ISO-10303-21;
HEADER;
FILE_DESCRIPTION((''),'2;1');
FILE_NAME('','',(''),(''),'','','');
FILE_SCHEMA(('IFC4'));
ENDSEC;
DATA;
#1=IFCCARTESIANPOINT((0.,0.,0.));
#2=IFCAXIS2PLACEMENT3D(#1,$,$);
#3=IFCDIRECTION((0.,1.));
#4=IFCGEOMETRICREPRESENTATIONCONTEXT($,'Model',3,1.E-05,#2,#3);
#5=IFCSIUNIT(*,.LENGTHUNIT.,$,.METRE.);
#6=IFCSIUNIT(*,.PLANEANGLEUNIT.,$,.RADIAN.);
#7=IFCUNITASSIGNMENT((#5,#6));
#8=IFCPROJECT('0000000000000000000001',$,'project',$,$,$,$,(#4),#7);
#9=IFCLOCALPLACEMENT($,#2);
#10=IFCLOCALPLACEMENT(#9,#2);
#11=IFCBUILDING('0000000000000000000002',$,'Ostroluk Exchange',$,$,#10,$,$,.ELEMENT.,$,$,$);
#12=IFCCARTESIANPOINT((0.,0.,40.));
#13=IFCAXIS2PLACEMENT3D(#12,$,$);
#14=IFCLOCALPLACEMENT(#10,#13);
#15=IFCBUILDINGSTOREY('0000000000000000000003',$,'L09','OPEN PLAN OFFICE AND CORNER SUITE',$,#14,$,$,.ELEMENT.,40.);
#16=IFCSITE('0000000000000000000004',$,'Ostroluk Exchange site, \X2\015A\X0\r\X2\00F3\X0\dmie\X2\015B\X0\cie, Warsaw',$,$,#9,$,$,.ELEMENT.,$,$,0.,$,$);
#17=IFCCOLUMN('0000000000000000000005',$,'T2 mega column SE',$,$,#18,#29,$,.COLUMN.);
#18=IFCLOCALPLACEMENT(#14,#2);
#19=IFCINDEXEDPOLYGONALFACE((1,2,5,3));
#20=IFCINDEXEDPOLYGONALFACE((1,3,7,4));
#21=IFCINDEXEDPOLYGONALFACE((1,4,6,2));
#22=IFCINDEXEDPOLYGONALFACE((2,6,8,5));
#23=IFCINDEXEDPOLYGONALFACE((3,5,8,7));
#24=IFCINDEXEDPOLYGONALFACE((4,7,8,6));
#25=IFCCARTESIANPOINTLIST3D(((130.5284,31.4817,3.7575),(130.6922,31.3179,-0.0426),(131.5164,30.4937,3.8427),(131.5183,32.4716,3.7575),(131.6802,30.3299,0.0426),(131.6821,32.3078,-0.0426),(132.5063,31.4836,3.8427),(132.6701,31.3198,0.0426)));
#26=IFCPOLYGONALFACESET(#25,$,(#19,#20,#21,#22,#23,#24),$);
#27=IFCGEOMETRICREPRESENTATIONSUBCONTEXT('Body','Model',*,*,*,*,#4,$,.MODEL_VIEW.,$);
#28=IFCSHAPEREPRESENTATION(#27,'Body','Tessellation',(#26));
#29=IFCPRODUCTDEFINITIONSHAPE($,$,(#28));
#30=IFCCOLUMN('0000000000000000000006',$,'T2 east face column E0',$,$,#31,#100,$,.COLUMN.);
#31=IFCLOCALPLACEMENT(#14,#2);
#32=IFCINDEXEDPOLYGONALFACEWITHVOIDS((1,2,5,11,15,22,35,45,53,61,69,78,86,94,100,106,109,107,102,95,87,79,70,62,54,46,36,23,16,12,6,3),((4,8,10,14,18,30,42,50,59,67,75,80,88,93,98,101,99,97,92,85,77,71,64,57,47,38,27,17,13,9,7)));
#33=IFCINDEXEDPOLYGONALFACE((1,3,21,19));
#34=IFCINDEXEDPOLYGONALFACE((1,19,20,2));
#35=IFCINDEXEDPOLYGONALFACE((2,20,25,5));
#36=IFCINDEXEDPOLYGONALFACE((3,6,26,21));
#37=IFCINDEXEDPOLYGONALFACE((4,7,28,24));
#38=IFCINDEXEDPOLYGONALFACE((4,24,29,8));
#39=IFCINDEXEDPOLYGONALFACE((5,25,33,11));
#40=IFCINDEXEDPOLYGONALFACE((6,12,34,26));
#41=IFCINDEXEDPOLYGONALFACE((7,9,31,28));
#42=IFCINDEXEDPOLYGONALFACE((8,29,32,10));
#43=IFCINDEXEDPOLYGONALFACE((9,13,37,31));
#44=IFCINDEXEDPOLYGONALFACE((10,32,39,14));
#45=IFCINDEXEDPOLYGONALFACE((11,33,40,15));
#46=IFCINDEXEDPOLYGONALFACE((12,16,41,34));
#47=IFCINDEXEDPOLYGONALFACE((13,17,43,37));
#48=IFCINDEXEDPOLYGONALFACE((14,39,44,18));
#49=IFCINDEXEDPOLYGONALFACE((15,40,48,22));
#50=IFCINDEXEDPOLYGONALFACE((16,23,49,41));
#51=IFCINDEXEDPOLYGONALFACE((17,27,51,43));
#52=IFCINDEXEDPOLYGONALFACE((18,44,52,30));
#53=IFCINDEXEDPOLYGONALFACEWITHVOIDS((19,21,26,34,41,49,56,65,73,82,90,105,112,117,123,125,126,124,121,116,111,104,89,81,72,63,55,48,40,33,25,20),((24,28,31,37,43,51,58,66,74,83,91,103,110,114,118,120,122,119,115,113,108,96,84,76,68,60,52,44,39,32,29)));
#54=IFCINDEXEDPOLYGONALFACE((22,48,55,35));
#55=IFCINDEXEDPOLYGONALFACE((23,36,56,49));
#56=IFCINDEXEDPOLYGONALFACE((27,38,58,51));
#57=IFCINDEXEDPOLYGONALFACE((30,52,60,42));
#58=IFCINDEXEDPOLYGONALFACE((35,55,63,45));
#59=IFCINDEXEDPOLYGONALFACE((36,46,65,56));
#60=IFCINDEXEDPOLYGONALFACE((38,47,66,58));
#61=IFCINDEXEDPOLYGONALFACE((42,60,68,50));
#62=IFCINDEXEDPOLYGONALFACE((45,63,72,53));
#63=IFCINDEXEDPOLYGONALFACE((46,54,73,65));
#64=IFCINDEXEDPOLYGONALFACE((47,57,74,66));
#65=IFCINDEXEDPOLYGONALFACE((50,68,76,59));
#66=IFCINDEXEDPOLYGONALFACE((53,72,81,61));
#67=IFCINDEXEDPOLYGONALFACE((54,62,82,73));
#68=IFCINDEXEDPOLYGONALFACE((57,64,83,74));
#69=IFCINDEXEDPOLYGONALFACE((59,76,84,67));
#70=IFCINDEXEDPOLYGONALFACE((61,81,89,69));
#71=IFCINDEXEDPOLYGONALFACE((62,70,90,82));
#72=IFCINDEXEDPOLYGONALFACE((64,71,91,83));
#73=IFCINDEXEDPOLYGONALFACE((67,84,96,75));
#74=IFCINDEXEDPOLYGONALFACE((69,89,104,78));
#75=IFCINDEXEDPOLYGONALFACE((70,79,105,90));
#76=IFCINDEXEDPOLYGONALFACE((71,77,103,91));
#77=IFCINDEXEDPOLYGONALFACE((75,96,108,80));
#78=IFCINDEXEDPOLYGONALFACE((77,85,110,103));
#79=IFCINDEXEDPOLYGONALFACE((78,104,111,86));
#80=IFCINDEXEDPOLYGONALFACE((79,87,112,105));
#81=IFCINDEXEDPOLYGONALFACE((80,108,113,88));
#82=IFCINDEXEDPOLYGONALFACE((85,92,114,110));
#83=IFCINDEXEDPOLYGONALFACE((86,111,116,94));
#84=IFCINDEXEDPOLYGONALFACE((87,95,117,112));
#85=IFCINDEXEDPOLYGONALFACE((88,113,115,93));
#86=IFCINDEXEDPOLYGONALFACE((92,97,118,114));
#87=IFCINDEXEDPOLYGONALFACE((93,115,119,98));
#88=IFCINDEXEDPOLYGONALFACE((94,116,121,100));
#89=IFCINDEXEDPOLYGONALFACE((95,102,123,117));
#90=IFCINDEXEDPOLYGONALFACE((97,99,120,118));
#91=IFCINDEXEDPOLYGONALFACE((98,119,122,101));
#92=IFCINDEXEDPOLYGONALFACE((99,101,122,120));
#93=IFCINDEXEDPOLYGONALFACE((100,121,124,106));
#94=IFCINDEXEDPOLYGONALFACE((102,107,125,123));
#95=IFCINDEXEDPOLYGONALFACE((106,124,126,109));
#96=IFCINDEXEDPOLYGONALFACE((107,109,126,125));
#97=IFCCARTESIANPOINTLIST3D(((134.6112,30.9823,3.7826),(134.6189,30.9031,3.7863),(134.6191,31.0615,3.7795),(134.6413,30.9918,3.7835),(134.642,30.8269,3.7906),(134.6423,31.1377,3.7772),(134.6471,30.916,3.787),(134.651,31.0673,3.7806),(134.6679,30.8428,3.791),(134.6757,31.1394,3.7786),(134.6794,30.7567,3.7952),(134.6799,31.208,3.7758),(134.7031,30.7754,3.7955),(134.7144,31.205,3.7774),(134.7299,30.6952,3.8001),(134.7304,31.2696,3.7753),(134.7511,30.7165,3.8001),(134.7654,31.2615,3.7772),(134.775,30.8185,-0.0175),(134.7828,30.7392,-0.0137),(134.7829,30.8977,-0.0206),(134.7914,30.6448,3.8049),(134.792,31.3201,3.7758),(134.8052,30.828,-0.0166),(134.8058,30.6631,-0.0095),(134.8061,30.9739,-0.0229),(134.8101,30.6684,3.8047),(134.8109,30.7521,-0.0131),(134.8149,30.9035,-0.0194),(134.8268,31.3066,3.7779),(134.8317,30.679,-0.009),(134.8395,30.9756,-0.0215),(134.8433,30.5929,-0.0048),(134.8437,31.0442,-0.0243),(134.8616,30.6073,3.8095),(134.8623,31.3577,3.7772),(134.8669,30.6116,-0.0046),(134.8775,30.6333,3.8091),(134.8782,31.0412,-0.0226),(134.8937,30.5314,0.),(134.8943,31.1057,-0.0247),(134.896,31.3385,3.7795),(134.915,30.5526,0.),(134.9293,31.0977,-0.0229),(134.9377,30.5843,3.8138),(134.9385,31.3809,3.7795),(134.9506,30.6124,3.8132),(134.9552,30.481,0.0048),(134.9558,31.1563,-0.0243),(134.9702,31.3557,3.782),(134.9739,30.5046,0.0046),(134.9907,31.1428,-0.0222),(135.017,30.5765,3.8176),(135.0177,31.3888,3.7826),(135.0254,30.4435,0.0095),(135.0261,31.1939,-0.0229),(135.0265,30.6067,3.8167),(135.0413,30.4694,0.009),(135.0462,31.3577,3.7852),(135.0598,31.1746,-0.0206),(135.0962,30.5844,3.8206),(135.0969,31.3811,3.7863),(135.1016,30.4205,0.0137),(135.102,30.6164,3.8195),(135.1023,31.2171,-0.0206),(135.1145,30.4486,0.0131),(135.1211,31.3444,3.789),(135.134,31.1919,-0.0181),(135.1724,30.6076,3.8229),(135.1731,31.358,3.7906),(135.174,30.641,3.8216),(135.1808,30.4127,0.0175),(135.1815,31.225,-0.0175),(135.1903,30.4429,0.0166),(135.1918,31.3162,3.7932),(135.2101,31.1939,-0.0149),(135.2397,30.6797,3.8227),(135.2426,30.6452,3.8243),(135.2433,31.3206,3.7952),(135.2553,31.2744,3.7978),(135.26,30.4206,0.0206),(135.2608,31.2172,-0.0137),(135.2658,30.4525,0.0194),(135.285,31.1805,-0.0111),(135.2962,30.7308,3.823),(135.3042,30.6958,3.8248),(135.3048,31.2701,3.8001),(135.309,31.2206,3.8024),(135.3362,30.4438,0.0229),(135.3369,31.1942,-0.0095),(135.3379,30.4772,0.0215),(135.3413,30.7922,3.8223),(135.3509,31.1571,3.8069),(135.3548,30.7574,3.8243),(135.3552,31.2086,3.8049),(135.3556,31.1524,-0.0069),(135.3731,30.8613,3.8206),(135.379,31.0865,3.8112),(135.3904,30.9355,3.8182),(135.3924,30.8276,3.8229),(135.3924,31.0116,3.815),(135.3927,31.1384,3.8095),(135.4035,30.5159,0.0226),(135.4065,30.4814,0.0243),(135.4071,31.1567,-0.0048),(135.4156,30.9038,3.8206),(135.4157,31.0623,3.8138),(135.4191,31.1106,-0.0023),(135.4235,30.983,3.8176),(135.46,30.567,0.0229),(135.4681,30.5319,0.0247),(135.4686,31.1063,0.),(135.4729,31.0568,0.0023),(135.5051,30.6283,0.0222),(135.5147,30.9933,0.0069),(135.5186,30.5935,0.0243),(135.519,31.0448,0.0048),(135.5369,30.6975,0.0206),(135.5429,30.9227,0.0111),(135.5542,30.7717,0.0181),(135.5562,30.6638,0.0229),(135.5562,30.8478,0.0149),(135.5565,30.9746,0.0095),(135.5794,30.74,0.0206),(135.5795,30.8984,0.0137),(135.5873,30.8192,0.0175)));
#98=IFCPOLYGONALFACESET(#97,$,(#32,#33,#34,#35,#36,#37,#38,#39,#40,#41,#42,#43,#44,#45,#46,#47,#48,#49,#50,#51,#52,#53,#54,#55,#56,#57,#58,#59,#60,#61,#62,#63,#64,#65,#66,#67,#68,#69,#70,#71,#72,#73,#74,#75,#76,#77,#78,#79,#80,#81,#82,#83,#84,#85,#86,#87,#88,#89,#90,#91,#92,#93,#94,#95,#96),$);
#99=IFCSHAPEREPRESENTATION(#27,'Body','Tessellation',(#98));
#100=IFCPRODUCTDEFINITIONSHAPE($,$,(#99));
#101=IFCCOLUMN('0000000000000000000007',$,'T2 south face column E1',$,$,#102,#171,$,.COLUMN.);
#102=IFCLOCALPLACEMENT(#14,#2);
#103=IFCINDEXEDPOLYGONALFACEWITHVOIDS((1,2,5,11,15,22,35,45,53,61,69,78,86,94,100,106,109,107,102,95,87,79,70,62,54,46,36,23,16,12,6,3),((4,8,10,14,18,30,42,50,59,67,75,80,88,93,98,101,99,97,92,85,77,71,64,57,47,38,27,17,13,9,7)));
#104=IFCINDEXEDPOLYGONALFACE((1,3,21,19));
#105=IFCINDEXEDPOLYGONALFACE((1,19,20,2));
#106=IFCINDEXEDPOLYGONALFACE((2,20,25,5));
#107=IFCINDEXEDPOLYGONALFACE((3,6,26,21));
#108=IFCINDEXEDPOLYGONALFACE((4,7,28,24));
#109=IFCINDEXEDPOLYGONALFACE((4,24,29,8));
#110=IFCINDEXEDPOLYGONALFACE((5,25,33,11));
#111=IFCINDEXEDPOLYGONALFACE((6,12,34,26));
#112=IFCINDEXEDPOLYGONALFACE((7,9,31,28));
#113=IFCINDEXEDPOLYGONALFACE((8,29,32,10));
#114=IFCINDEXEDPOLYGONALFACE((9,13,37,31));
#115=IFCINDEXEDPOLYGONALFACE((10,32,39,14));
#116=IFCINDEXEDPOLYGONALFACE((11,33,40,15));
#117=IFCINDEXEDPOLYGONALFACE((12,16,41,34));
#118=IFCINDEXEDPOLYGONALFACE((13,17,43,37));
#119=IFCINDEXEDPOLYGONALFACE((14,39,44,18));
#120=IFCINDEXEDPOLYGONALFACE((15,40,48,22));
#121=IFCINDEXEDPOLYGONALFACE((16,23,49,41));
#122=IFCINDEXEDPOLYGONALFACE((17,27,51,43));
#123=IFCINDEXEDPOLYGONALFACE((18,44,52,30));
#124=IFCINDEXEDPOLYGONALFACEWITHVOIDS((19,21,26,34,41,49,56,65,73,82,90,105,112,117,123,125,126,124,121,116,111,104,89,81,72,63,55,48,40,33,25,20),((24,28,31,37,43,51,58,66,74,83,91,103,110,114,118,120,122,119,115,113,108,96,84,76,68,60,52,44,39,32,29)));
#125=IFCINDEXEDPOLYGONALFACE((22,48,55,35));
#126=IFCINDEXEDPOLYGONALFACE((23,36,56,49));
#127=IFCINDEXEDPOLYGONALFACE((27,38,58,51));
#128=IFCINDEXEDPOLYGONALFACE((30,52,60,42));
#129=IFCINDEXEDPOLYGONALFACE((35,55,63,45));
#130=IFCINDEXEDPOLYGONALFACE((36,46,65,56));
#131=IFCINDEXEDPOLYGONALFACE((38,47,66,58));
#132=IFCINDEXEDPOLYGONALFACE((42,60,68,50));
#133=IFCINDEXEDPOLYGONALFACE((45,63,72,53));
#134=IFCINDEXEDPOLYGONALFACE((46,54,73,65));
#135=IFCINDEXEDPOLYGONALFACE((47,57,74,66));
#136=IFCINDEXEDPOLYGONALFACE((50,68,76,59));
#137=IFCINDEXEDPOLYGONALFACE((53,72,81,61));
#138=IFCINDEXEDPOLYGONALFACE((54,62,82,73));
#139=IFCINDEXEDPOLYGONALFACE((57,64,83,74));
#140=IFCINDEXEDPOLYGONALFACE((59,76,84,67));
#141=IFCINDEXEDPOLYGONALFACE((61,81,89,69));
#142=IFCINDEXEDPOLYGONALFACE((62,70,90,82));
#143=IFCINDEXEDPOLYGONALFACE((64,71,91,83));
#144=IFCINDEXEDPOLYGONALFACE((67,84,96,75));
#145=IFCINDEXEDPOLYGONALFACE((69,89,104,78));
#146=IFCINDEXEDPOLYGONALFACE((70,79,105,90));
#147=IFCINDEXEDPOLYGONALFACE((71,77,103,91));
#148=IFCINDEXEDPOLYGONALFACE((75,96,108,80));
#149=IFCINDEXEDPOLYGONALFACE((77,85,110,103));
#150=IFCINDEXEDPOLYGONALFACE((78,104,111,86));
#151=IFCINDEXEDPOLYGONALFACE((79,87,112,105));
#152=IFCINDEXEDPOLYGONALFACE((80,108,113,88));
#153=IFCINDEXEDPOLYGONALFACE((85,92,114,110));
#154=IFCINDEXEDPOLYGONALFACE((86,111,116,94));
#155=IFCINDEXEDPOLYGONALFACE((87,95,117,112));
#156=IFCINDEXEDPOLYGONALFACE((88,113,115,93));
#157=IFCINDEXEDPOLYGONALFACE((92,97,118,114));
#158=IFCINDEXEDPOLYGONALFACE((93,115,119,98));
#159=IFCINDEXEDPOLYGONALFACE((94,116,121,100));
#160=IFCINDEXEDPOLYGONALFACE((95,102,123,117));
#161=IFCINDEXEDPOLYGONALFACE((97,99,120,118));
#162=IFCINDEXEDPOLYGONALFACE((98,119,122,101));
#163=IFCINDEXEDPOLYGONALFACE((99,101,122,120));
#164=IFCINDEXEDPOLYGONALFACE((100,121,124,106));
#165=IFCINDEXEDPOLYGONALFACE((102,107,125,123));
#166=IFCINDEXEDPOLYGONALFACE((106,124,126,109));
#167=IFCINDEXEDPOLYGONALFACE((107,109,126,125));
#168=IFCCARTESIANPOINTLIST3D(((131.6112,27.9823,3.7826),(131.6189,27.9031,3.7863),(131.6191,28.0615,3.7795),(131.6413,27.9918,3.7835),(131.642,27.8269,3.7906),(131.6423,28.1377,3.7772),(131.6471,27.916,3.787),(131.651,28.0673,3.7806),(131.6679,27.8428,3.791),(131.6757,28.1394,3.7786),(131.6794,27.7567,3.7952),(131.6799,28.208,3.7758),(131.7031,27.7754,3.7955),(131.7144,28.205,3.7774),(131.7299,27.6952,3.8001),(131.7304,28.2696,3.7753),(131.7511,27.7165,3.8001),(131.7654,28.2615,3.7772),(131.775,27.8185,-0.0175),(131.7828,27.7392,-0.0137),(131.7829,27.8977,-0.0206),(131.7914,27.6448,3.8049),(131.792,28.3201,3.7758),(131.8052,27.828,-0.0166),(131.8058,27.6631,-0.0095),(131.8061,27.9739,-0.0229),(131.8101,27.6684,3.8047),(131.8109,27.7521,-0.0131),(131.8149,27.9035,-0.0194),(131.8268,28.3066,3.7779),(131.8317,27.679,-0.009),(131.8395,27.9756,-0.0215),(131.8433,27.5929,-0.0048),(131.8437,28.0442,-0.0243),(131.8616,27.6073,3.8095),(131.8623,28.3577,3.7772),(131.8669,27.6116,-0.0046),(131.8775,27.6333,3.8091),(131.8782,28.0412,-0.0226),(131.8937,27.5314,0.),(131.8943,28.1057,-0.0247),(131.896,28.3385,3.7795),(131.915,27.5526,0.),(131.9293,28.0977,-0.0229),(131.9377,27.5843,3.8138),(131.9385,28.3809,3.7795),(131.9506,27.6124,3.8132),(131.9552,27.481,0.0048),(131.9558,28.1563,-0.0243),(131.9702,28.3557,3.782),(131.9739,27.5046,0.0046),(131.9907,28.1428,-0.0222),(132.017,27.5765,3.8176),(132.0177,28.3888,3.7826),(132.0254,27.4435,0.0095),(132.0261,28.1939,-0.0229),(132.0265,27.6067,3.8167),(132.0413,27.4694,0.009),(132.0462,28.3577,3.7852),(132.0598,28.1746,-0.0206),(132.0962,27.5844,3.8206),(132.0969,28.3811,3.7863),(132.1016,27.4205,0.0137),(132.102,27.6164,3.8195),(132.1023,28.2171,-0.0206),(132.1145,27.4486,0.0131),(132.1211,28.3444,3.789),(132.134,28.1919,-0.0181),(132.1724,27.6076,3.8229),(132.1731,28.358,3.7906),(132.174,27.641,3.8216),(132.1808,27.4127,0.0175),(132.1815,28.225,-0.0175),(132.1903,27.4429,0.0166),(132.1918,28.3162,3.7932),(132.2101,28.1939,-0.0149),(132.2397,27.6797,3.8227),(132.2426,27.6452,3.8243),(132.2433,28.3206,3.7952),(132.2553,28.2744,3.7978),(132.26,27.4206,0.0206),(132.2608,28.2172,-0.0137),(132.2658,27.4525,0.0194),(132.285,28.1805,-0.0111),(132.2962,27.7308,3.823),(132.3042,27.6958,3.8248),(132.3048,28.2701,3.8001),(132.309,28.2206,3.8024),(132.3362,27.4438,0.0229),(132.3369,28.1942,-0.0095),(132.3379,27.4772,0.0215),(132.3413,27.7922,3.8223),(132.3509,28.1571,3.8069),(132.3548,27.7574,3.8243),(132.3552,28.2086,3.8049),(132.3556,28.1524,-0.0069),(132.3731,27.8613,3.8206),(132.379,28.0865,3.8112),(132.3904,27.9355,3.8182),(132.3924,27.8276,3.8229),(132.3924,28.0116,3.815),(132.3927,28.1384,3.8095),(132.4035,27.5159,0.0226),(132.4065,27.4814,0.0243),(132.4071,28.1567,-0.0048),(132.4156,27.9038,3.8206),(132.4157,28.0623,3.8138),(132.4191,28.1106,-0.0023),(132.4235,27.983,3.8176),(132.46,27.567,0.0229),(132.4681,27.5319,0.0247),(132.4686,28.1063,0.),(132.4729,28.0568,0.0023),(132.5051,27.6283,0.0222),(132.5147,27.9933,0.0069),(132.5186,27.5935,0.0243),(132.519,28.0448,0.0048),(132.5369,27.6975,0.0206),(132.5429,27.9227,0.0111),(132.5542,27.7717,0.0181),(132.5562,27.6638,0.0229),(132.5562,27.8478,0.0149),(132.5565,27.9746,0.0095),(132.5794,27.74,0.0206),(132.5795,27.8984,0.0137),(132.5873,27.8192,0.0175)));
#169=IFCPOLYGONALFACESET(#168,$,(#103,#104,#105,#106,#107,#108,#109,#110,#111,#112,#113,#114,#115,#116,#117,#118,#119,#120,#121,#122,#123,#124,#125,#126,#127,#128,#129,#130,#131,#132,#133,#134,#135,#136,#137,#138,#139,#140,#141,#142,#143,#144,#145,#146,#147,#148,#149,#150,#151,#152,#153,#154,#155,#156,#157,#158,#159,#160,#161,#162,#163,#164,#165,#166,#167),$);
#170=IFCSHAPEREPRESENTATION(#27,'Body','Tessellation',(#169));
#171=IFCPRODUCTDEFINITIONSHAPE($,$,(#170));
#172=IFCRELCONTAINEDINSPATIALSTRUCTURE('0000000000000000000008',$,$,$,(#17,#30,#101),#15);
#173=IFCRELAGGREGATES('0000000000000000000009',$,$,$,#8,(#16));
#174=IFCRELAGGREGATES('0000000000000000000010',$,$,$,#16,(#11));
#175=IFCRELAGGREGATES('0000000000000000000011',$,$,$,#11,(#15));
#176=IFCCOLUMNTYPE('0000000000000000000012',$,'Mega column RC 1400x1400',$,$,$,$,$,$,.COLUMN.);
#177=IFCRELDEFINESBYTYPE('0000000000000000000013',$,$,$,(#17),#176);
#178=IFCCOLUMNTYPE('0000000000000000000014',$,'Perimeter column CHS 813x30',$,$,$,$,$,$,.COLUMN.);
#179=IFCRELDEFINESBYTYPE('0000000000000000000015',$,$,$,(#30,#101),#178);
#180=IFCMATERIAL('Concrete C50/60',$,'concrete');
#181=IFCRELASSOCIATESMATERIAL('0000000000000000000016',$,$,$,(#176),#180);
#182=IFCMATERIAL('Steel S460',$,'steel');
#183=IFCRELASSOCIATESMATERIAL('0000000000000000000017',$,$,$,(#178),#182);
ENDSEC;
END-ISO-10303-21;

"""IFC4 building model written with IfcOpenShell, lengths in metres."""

from ifc_helpers import new_model, si_unit, direction, frame, origin, origin_2d, place, context, subcontext, project, spatial, rectangle, hollow_circle, extrude, material, material_profile, profile_set, type_object, element, save


model = new_model("IFC4")

# Units and contexts
model_context = context("Model", 3, precision=1e-05, world=origin(), true_north=direction((0.0, 1.0)))
body_context = subcontext(model_context, "Body", "Model", "MODEL_VIEW")
ifc_project = project(units=[si_unit("LENGTHUNIT", "METRE"), si_unit("PLANEANGLEUNIT", "RADIAN")], contexts=[model_context])

# Site, building, storey
site_placement = place(None, origin())
site = spatial("IfcSite", under=ifc_project, at=site_placement, Name="Ostroluk Exchange site, Śródmieście, Warsaw", CompositionType="ELEMENT", RefElevation=0.0)
building_placement = place(site_placement, origin())
building = spatial("IfcBuilding", under=site, at=building_placement, Name="Ostroluk Exchange", CompositionType="ELEMENT")
storey_placement = place(building_placement, frame((0.0, 0.0, 40.0)))
storey = spatial("IfcBuildingStorey", under=building, at=storey_placement, Name="L09", Description="OPEN PLAN OFFICE AND CORNER SUITE", CompositionType="ELEMENT", Elevation=40.0)

# Columns
ifc_material_1 = material(Name="Concrete C50/60", Category="concrete")
ifc_material_profile_1 = material_profile(ifc_material_1, rectangle(XDim=1.3999, YDim=1.3999, at=origin_2d()), Name="RC 1400x1400")
ifc_profile_set_1 = profile_set([ifc_material_profile_1], Name="Concrete C50/60")
column_type_1 = type_object("IfcColumnType", Name="Mega column RC 1400x1400", PredefinedType="COLUMN", material=ifc_profile_set_1)
column_placement = place(storey_placement, frame((131.6812, 31.3188, 0.0), z_axis=(-0.04303, 0.04303, 0.998147), x_axis=(-0.707107, -0.707107, 0.0)))
element("IfcColumn", 1, at=column_placement, inside=storey, type_object=column_type_1, Name="T2 mega column SE", PredefinedType="COLUMN", context=body_context, shape_type="SweptSolid", body=[
    extrude(rectangle(XDim=1.3999, YDim=1.3999, at=origin_2d()), origin(), (0.0, 0.0, 1.0), 3.8071),
])
ifc_material_2 = material(Name="Steel S460", Category="steel")
ifc_material_profile_2 = material_profile(ifc_material_2, hollow_circle(Radius=0.4065, WallThickness=0.03, at=origin_2d()), Name="CHS 813x30")
ifc_profile_set_2 = profile_set([ifc_material_profile_2], Name="Steel S460")
column_type_2 = type_object("IfcColumnType", Name="Perimeter column CHS 813x30", PredefinedType="COLUMN", material=ifc_profile_set_2)
for number, where, z_axis, x_axis, name in (
    (2, (135.1812, 30.8188, 0.0), (-0.04303, 0.04303, 0.998147), (-0.707107, -0.707107, 0.0), "T2 east face column E0"),
    (3, (132.1812, 27.8188, 0.0), (-0.04303, 0.04303, 0.998147), (-0.707107, -0.707107, 0.0), "T2 south face column E1"),
):
    element("IfcColumn", number, at=place(storey_placement, frame(where, z_axis=z_axis, x_axis=x_axis)), inside=storey, type_object=column_type_2, Name=name, PredefinedType="COLUMN", context=body_context, shape_type="SweptSolid", body=[
        extrude(hollow_circle(Radius=0.4065, WallThickness=0.03, at=origin_2d()), origin(), (0.0, 0.0, 1.0), 3.8071),
    ])

save(model, "model.ifc")
